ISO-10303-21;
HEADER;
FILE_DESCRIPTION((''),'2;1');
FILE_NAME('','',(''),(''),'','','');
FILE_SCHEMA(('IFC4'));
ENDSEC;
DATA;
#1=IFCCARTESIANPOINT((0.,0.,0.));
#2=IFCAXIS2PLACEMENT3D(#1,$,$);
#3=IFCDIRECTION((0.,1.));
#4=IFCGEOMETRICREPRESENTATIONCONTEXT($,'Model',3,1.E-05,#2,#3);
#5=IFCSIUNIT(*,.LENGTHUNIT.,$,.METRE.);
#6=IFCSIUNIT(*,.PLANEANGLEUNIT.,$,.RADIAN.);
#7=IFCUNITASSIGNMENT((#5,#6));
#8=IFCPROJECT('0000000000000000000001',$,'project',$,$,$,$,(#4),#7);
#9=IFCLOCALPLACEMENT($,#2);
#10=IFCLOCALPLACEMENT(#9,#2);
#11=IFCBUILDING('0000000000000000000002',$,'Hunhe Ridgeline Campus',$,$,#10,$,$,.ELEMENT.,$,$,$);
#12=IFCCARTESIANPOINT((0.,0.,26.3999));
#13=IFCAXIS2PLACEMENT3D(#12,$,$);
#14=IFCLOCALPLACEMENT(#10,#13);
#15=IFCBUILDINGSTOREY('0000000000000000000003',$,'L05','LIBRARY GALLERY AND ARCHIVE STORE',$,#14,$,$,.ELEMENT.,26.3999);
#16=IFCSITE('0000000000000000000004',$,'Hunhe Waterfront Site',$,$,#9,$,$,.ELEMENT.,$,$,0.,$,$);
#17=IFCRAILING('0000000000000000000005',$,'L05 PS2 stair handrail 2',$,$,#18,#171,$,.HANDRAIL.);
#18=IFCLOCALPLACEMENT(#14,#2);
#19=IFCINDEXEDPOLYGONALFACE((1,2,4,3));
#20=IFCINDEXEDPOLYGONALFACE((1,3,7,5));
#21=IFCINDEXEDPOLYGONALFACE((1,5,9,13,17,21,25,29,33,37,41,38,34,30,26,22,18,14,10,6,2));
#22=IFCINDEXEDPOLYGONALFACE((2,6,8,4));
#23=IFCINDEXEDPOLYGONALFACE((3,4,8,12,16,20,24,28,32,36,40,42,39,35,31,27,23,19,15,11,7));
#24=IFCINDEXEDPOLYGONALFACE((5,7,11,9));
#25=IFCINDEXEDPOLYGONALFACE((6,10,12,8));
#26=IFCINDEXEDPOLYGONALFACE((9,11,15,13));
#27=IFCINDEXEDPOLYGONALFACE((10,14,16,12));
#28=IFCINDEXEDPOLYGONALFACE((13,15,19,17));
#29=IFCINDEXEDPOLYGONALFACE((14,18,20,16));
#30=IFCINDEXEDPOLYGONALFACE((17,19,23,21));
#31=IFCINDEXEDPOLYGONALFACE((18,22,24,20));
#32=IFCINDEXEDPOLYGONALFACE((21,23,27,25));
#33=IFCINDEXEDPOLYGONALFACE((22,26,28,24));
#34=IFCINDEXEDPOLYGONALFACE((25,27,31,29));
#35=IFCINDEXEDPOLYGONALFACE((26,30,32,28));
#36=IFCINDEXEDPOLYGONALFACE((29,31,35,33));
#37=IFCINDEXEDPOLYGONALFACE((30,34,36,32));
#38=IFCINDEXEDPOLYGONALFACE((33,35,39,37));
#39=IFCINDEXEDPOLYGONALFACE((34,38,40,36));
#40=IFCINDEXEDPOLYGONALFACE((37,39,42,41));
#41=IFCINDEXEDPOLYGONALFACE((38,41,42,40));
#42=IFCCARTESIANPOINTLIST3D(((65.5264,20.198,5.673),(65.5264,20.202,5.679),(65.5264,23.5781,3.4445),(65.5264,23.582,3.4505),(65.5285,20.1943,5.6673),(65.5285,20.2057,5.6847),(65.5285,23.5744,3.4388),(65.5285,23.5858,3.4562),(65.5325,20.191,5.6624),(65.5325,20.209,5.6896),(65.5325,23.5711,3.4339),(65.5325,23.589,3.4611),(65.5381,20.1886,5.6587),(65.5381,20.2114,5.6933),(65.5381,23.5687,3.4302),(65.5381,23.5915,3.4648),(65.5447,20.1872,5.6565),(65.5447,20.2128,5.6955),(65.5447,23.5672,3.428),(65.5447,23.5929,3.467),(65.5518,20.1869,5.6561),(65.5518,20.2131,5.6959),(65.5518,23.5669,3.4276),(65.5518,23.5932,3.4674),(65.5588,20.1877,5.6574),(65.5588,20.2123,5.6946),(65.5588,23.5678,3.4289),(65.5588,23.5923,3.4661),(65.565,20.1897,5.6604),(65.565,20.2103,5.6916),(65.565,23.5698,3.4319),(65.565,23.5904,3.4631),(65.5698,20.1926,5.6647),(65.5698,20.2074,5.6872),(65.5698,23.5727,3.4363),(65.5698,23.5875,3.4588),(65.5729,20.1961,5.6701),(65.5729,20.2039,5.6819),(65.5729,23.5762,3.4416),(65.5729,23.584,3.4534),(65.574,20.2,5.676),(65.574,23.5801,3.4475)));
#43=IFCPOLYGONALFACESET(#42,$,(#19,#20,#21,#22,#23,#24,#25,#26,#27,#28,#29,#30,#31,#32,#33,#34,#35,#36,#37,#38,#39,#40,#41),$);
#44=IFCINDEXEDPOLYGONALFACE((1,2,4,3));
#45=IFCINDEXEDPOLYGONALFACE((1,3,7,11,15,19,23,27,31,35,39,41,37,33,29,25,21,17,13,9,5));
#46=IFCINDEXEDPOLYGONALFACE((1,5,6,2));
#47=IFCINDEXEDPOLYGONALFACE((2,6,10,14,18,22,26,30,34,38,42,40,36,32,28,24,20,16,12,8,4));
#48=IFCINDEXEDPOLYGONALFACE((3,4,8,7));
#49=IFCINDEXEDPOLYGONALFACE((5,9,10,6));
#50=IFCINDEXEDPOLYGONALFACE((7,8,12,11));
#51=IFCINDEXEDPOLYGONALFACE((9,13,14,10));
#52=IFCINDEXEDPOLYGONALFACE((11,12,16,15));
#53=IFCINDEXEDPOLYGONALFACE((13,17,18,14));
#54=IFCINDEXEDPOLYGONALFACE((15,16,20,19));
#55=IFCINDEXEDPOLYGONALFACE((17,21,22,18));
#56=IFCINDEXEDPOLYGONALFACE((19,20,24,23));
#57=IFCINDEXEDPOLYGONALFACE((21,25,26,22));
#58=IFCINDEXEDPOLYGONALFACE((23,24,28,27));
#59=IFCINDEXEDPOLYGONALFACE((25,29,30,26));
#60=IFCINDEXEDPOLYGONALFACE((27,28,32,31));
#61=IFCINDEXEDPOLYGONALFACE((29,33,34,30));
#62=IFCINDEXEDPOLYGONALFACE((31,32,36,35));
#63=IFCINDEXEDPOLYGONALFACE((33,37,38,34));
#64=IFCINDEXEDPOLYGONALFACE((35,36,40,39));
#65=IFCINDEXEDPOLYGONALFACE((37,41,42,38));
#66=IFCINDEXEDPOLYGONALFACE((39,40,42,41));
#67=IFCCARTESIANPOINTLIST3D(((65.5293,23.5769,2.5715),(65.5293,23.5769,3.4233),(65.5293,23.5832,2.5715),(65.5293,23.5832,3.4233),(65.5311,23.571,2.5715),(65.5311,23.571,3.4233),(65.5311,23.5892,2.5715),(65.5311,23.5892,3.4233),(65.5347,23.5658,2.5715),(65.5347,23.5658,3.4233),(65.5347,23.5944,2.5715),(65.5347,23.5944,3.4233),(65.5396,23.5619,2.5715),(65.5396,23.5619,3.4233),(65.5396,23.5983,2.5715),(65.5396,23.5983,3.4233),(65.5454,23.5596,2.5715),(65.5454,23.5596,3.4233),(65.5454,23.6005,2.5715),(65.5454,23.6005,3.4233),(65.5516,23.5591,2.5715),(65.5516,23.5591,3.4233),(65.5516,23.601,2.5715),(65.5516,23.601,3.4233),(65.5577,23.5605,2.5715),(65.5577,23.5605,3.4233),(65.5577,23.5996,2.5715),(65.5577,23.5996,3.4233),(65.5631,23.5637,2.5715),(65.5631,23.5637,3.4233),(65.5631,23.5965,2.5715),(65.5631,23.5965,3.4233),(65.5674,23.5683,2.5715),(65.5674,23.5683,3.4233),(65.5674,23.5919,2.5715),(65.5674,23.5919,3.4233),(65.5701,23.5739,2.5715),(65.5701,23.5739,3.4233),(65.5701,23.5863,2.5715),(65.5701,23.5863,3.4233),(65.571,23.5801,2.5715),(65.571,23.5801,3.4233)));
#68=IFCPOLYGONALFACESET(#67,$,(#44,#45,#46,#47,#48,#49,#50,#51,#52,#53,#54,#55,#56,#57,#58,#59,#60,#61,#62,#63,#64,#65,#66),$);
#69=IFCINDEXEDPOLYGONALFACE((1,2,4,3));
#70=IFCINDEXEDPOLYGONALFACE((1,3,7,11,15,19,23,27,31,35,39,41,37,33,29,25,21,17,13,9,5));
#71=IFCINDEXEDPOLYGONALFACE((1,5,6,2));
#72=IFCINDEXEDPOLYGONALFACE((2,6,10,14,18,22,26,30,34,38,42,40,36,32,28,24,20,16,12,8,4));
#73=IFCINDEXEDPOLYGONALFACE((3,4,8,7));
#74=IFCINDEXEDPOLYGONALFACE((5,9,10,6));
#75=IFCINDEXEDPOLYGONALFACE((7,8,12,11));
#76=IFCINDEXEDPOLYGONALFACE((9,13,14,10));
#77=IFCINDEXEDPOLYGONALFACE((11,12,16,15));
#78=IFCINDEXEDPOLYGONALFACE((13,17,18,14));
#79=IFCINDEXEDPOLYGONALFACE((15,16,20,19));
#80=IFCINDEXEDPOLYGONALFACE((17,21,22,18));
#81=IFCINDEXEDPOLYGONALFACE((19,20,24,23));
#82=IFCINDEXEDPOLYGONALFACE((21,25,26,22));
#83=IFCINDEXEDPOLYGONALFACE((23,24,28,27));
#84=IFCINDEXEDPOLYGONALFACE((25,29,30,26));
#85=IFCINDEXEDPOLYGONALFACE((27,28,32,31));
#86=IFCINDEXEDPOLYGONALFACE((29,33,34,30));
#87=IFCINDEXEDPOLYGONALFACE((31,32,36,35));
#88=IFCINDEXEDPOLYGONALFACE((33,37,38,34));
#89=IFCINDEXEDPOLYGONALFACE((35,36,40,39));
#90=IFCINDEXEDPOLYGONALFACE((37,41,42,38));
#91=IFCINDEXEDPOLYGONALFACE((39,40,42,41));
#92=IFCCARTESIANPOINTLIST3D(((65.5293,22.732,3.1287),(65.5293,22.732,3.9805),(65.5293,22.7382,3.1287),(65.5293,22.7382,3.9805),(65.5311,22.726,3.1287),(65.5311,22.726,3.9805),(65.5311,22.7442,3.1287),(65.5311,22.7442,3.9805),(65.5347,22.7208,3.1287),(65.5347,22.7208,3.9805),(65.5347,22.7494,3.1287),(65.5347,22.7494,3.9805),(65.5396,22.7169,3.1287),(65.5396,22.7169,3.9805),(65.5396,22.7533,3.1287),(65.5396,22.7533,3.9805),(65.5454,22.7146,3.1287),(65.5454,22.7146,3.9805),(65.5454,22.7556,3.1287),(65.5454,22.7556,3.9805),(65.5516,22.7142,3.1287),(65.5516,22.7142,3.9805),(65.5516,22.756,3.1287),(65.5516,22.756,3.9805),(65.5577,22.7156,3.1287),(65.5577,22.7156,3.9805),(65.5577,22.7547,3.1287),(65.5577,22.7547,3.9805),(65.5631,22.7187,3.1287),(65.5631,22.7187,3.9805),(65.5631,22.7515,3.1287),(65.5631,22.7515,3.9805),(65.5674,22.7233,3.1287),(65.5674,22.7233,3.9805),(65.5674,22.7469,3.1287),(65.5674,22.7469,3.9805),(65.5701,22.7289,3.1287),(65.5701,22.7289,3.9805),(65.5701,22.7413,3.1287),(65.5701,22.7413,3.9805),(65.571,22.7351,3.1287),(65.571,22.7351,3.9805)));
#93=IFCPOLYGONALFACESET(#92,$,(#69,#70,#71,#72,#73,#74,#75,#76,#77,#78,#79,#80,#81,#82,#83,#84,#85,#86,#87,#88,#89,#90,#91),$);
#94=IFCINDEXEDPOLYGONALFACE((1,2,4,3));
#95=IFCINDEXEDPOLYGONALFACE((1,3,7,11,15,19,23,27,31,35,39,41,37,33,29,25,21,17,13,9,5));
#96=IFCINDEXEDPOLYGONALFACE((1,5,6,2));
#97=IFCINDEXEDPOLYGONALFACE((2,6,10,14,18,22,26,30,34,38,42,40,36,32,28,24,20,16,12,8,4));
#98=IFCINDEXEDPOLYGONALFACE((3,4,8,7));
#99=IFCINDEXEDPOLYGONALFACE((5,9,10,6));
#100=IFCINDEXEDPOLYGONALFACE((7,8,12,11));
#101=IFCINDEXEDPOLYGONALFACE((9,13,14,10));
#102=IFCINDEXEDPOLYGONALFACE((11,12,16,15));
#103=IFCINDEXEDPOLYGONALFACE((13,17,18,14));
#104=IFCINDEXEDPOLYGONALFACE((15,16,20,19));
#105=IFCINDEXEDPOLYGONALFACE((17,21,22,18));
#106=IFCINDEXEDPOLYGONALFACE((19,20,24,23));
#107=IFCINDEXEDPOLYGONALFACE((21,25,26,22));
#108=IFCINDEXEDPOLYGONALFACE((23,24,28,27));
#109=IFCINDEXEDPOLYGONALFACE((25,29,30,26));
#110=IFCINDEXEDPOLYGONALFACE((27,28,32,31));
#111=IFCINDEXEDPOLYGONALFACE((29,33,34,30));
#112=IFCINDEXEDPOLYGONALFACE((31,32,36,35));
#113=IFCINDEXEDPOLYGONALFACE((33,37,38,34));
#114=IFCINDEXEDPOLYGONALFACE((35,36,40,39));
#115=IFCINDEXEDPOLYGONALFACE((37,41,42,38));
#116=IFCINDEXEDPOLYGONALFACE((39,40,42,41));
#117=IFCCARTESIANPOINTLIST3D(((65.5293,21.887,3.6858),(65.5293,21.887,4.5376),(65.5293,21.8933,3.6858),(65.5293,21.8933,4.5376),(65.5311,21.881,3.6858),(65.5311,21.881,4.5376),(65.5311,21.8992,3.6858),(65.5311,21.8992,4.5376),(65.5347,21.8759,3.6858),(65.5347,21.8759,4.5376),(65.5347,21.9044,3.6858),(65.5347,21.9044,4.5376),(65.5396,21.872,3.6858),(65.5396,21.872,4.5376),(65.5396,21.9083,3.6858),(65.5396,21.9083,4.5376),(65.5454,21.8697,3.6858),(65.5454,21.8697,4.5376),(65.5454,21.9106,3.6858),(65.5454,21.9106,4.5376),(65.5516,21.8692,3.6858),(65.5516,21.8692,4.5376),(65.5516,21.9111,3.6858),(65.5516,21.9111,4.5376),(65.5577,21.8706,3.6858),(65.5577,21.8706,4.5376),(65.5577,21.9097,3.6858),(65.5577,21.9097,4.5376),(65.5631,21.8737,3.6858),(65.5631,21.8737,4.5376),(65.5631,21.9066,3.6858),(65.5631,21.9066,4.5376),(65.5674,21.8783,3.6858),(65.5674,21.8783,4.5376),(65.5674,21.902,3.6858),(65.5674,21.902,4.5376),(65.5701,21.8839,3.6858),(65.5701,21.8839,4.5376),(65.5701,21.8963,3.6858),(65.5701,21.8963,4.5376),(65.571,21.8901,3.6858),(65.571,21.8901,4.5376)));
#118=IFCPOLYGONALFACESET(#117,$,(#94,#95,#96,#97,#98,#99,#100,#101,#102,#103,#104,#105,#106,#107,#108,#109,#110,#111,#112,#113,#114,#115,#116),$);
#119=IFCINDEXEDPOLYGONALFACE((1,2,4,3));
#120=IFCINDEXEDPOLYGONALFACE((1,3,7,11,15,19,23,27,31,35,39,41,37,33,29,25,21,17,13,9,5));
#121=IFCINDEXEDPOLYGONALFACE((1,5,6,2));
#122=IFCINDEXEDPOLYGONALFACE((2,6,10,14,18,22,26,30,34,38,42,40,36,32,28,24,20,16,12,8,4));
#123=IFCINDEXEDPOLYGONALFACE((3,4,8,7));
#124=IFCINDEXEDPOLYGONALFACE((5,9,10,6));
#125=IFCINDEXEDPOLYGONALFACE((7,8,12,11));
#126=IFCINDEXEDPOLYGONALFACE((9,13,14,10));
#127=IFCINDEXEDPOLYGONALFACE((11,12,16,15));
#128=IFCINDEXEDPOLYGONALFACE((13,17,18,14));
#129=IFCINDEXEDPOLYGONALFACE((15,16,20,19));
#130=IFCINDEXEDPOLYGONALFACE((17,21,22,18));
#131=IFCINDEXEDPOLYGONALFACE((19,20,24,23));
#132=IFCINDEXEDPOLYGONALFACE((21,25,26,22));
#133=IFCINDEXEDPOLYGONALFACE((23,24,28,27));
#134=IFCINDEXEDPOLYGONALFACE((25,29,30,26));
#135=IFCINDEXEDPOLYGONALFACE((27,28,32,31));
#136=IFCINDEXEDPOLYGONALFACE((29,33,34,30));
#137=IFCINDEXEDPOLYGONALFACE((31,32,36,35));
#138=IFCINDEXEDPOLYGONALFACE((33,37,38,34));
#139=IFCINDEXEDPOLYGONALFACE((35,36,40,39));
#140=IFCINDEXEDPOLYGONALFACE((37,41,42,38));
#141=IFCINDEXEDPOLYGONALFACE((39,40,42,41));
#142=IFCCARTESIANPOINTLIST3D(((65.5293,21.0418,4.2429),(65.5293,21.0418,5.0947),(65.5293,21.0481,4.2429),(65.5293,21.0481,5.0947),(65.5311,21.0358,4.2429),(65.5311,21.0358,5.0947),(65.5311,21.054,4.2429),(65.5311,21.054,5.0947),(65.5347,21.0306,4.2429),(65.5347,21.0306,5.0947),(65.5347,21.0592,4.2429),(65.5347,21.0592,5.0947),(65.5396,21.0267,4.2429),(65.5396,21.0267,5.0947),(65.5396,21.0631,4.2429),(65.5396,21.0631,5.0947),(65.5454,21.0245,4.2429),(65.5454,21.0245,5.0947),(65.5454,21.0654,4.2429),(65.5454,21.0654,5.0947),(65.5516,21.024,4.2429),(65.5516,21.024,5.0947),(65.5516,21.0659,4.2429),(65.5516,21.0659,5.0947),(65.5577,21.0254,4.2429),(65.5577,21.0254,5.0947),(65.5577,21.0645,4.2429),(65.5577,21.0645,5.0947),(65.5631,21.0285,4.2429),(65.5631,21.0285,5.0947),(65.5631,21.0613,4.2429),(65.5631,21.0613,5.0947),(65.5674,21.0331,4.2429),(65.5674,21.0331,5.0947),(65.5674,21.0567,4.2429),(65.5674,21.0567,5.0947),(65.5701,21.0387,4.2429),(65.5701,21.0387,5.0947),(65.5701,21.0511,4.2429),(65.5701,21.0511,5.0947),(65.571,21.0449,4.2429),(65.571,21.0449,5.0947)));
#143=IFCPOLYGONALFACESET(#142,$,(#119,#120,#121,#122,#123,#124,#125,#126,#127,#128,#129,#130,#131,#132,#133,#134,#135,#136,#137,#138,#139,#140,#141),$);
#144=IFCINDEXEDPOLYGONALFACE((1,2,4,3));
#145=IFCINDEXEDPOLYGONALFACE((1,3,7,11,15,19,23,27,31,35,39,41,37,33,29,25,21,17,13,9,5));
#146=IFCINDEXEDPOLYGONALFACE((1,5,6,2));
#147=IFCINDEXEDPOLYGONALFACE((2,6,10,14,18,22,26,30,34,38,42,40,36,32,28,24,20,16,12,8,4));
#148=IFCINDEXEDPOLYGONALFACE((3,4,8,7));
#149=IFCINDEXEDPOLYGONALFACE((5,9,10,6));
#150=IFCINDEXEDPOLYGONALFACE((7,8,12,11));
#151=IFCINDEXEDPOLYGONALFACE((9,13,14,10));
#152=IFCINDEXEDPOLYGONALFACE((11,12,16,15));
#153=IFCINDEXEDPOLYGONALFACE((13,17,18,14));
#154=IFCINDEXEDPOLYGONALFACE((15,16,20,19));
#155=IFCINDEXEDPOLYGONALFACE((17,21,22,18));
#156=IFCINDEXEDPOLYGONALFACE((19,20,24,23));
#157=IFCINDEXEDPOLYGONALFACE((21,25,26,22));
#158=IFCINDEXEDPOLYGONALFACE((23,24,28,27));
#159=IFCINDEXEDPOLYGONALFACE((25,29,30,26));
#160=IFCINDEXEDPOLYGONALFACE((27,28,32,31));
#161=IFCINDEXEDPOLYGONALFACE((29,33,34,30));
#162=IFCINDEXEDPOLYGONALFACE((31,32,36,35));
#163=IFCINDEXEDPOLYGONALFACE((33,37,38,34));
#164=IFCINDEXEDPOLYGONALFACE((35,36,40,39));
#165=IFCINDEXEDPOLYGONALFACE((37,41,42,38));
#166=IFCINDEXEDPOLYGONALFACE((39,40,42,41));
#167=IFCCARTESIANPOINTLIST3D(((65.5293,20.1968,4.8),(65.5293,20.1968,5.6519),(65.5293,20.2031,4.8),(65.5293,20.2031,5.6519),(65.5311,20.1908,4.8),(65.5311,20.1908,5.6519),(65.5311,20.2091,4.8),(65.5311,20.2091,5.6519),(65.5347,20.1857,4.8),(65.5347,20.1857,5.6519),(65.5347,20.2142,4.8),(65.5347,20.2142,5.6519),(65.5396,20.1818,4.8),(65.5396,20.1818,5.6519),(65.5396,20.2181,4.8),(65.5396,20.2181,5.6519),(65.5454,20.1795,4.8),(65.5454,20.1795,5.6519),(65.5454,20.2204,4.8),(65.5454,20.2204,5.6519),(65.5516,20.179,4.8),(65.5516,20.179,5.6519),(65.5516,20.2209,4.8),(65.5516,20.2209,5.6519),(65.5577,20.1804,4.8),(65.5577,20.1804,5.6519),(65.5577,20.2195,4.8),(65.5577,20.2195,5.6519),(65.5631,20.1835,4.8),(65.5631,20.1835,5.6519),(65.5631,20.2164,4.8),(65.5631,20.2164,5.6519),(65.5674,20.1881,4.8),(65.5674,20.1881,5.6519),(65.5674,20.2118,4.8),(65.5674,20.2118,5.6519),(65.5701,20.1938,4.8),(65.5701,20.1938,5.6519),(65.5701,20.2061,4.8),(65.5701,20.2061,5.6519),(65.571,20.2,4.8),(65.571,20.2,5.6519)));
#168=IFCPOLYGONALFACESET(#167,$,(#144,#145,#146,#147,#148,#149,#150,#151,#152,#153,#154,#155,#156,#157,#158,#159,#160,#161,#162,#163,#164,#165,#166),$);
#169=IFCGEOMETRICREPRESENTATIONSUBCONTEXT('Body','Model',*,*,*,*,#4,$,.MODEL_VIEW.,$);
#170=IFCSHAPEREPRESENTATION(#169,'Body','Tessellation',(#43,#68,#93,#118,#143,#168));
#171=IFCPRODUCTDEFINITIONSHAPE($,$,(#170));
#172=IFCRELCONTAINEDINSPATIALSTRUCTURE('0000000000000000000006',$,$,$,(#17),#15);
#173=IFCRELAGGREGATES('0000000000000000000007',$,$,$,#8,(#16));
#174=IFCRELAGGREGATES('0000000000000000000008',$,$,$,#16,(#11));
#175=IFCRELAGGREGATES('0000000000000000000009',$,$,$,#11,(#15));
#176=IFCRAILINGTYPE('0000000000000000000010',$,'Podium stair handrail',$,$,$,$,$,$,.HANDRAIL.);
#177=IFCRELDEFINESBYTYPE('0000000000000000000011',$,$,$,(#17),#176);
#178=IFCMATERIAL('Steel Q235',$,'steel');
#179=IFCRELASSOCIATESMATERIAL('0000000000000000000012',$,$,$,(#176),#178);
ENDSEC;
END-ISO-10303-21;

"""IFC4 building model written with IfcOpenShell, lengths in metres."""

from ifc_helpers import new_model, si_unit, direction, frame, origin, origin_2d, place, context, subcontext, project, spatial, circle, extrude, material, type_object, element, save


model = new_model("IFC4")

# Units and contexts
model_context = context("Model", 3, precision=1e-05, world=origin(), true_north=direction((0.0, 1.0)))
body_context = subcontext(model_context, "Body", "Model", "MODEL_VIEW")
ifc_project = project(units=[si_unit("LENGTHUNIT", "METRE"), si_unit("PLANEANGLEUNIT", "RADIAN")], contexts=[model_context])

# Site, building, storey
site_placement = place(None, origin())
site = spatial("IfcSite", under=ifc_project, at=site_placement, Name="Hunhe Waterfront Site", CompositionType="ELEMENT", RefElevation=0.0)
building_placement = place(site_placement, origin())
building = spatial("IfcBuilding", under=site, at=building_placement, Name="Hunhe Ridgeline Campus", CompositionType="ELEMENT")
storey_placement = place(building_placement, frame((0.0, 0.0, 26.3999)))
storey = spatial("IfcBuildingStorey", under=building, at=storey_placement, Name="L05", Description="LIBRARY GALLERY AND ARCHIVE STORE", CompositionType="ELEMENT", Elevation=26.3999)

# Shared definitions
ifc_material_1 = material(Name="Steel Q235", Category="steel")

# Railing
railing_type_1 = type_object("IfcRailingType", Name="Podium stair handrail", PredefinedType="HANDRAIL", material=ifc_material_1)
railing_1_placement = place(storey_placement, frame((65.55, 23.5801, 2.5715)))
element("IfcRailing", 1, at=railing_1_placement, inside=storey, type_object=railing_type_1, Name="L05 PS2 stair handrail 2", PredefinedType="HANDRAIL", context=body_context, shape_type="SweptSolid", body=[
    extrude(circle(Radius=0.0239, at=origin_2d()), frame((0.0, 0.0, 0.876), z_axis=(0.0, -0.834878, 0.550435), x_axis=(1.0, 0.0, 0.0)), (0.0, 0.0, 1.0), 4.0486),
    extrude(circle(Radius=0.021, at=origin_2d()), origin(), (0.0, 0.0, 1.0), 0.8518),
    extrude(circle(Radius=0.021, at=origin_2d()), frame((0.0, -0.845, 0.5571)), (0.0, 0.0, 1.0), 0.8518),
    extrude(circle(Radius=0.021, at=origin_2d()), frame((0.0, -1.6899, 1.1143)), (0.0, 0.0, 1.0), 0.8518),
    extrude(circle(Radius=0.021, at=origin_2d()), frame((0.0, -2.5352, 1.6714)), (0.0, 0.0, 1.0), 0.8518),
    extrude(circle(Radius=0.021, at=origin_2d()), frame((0.0, -3.3801, 2.2285)), (0.0, 0.0, 1.0), 0.8518),
])

save(model, "model.ifc")
